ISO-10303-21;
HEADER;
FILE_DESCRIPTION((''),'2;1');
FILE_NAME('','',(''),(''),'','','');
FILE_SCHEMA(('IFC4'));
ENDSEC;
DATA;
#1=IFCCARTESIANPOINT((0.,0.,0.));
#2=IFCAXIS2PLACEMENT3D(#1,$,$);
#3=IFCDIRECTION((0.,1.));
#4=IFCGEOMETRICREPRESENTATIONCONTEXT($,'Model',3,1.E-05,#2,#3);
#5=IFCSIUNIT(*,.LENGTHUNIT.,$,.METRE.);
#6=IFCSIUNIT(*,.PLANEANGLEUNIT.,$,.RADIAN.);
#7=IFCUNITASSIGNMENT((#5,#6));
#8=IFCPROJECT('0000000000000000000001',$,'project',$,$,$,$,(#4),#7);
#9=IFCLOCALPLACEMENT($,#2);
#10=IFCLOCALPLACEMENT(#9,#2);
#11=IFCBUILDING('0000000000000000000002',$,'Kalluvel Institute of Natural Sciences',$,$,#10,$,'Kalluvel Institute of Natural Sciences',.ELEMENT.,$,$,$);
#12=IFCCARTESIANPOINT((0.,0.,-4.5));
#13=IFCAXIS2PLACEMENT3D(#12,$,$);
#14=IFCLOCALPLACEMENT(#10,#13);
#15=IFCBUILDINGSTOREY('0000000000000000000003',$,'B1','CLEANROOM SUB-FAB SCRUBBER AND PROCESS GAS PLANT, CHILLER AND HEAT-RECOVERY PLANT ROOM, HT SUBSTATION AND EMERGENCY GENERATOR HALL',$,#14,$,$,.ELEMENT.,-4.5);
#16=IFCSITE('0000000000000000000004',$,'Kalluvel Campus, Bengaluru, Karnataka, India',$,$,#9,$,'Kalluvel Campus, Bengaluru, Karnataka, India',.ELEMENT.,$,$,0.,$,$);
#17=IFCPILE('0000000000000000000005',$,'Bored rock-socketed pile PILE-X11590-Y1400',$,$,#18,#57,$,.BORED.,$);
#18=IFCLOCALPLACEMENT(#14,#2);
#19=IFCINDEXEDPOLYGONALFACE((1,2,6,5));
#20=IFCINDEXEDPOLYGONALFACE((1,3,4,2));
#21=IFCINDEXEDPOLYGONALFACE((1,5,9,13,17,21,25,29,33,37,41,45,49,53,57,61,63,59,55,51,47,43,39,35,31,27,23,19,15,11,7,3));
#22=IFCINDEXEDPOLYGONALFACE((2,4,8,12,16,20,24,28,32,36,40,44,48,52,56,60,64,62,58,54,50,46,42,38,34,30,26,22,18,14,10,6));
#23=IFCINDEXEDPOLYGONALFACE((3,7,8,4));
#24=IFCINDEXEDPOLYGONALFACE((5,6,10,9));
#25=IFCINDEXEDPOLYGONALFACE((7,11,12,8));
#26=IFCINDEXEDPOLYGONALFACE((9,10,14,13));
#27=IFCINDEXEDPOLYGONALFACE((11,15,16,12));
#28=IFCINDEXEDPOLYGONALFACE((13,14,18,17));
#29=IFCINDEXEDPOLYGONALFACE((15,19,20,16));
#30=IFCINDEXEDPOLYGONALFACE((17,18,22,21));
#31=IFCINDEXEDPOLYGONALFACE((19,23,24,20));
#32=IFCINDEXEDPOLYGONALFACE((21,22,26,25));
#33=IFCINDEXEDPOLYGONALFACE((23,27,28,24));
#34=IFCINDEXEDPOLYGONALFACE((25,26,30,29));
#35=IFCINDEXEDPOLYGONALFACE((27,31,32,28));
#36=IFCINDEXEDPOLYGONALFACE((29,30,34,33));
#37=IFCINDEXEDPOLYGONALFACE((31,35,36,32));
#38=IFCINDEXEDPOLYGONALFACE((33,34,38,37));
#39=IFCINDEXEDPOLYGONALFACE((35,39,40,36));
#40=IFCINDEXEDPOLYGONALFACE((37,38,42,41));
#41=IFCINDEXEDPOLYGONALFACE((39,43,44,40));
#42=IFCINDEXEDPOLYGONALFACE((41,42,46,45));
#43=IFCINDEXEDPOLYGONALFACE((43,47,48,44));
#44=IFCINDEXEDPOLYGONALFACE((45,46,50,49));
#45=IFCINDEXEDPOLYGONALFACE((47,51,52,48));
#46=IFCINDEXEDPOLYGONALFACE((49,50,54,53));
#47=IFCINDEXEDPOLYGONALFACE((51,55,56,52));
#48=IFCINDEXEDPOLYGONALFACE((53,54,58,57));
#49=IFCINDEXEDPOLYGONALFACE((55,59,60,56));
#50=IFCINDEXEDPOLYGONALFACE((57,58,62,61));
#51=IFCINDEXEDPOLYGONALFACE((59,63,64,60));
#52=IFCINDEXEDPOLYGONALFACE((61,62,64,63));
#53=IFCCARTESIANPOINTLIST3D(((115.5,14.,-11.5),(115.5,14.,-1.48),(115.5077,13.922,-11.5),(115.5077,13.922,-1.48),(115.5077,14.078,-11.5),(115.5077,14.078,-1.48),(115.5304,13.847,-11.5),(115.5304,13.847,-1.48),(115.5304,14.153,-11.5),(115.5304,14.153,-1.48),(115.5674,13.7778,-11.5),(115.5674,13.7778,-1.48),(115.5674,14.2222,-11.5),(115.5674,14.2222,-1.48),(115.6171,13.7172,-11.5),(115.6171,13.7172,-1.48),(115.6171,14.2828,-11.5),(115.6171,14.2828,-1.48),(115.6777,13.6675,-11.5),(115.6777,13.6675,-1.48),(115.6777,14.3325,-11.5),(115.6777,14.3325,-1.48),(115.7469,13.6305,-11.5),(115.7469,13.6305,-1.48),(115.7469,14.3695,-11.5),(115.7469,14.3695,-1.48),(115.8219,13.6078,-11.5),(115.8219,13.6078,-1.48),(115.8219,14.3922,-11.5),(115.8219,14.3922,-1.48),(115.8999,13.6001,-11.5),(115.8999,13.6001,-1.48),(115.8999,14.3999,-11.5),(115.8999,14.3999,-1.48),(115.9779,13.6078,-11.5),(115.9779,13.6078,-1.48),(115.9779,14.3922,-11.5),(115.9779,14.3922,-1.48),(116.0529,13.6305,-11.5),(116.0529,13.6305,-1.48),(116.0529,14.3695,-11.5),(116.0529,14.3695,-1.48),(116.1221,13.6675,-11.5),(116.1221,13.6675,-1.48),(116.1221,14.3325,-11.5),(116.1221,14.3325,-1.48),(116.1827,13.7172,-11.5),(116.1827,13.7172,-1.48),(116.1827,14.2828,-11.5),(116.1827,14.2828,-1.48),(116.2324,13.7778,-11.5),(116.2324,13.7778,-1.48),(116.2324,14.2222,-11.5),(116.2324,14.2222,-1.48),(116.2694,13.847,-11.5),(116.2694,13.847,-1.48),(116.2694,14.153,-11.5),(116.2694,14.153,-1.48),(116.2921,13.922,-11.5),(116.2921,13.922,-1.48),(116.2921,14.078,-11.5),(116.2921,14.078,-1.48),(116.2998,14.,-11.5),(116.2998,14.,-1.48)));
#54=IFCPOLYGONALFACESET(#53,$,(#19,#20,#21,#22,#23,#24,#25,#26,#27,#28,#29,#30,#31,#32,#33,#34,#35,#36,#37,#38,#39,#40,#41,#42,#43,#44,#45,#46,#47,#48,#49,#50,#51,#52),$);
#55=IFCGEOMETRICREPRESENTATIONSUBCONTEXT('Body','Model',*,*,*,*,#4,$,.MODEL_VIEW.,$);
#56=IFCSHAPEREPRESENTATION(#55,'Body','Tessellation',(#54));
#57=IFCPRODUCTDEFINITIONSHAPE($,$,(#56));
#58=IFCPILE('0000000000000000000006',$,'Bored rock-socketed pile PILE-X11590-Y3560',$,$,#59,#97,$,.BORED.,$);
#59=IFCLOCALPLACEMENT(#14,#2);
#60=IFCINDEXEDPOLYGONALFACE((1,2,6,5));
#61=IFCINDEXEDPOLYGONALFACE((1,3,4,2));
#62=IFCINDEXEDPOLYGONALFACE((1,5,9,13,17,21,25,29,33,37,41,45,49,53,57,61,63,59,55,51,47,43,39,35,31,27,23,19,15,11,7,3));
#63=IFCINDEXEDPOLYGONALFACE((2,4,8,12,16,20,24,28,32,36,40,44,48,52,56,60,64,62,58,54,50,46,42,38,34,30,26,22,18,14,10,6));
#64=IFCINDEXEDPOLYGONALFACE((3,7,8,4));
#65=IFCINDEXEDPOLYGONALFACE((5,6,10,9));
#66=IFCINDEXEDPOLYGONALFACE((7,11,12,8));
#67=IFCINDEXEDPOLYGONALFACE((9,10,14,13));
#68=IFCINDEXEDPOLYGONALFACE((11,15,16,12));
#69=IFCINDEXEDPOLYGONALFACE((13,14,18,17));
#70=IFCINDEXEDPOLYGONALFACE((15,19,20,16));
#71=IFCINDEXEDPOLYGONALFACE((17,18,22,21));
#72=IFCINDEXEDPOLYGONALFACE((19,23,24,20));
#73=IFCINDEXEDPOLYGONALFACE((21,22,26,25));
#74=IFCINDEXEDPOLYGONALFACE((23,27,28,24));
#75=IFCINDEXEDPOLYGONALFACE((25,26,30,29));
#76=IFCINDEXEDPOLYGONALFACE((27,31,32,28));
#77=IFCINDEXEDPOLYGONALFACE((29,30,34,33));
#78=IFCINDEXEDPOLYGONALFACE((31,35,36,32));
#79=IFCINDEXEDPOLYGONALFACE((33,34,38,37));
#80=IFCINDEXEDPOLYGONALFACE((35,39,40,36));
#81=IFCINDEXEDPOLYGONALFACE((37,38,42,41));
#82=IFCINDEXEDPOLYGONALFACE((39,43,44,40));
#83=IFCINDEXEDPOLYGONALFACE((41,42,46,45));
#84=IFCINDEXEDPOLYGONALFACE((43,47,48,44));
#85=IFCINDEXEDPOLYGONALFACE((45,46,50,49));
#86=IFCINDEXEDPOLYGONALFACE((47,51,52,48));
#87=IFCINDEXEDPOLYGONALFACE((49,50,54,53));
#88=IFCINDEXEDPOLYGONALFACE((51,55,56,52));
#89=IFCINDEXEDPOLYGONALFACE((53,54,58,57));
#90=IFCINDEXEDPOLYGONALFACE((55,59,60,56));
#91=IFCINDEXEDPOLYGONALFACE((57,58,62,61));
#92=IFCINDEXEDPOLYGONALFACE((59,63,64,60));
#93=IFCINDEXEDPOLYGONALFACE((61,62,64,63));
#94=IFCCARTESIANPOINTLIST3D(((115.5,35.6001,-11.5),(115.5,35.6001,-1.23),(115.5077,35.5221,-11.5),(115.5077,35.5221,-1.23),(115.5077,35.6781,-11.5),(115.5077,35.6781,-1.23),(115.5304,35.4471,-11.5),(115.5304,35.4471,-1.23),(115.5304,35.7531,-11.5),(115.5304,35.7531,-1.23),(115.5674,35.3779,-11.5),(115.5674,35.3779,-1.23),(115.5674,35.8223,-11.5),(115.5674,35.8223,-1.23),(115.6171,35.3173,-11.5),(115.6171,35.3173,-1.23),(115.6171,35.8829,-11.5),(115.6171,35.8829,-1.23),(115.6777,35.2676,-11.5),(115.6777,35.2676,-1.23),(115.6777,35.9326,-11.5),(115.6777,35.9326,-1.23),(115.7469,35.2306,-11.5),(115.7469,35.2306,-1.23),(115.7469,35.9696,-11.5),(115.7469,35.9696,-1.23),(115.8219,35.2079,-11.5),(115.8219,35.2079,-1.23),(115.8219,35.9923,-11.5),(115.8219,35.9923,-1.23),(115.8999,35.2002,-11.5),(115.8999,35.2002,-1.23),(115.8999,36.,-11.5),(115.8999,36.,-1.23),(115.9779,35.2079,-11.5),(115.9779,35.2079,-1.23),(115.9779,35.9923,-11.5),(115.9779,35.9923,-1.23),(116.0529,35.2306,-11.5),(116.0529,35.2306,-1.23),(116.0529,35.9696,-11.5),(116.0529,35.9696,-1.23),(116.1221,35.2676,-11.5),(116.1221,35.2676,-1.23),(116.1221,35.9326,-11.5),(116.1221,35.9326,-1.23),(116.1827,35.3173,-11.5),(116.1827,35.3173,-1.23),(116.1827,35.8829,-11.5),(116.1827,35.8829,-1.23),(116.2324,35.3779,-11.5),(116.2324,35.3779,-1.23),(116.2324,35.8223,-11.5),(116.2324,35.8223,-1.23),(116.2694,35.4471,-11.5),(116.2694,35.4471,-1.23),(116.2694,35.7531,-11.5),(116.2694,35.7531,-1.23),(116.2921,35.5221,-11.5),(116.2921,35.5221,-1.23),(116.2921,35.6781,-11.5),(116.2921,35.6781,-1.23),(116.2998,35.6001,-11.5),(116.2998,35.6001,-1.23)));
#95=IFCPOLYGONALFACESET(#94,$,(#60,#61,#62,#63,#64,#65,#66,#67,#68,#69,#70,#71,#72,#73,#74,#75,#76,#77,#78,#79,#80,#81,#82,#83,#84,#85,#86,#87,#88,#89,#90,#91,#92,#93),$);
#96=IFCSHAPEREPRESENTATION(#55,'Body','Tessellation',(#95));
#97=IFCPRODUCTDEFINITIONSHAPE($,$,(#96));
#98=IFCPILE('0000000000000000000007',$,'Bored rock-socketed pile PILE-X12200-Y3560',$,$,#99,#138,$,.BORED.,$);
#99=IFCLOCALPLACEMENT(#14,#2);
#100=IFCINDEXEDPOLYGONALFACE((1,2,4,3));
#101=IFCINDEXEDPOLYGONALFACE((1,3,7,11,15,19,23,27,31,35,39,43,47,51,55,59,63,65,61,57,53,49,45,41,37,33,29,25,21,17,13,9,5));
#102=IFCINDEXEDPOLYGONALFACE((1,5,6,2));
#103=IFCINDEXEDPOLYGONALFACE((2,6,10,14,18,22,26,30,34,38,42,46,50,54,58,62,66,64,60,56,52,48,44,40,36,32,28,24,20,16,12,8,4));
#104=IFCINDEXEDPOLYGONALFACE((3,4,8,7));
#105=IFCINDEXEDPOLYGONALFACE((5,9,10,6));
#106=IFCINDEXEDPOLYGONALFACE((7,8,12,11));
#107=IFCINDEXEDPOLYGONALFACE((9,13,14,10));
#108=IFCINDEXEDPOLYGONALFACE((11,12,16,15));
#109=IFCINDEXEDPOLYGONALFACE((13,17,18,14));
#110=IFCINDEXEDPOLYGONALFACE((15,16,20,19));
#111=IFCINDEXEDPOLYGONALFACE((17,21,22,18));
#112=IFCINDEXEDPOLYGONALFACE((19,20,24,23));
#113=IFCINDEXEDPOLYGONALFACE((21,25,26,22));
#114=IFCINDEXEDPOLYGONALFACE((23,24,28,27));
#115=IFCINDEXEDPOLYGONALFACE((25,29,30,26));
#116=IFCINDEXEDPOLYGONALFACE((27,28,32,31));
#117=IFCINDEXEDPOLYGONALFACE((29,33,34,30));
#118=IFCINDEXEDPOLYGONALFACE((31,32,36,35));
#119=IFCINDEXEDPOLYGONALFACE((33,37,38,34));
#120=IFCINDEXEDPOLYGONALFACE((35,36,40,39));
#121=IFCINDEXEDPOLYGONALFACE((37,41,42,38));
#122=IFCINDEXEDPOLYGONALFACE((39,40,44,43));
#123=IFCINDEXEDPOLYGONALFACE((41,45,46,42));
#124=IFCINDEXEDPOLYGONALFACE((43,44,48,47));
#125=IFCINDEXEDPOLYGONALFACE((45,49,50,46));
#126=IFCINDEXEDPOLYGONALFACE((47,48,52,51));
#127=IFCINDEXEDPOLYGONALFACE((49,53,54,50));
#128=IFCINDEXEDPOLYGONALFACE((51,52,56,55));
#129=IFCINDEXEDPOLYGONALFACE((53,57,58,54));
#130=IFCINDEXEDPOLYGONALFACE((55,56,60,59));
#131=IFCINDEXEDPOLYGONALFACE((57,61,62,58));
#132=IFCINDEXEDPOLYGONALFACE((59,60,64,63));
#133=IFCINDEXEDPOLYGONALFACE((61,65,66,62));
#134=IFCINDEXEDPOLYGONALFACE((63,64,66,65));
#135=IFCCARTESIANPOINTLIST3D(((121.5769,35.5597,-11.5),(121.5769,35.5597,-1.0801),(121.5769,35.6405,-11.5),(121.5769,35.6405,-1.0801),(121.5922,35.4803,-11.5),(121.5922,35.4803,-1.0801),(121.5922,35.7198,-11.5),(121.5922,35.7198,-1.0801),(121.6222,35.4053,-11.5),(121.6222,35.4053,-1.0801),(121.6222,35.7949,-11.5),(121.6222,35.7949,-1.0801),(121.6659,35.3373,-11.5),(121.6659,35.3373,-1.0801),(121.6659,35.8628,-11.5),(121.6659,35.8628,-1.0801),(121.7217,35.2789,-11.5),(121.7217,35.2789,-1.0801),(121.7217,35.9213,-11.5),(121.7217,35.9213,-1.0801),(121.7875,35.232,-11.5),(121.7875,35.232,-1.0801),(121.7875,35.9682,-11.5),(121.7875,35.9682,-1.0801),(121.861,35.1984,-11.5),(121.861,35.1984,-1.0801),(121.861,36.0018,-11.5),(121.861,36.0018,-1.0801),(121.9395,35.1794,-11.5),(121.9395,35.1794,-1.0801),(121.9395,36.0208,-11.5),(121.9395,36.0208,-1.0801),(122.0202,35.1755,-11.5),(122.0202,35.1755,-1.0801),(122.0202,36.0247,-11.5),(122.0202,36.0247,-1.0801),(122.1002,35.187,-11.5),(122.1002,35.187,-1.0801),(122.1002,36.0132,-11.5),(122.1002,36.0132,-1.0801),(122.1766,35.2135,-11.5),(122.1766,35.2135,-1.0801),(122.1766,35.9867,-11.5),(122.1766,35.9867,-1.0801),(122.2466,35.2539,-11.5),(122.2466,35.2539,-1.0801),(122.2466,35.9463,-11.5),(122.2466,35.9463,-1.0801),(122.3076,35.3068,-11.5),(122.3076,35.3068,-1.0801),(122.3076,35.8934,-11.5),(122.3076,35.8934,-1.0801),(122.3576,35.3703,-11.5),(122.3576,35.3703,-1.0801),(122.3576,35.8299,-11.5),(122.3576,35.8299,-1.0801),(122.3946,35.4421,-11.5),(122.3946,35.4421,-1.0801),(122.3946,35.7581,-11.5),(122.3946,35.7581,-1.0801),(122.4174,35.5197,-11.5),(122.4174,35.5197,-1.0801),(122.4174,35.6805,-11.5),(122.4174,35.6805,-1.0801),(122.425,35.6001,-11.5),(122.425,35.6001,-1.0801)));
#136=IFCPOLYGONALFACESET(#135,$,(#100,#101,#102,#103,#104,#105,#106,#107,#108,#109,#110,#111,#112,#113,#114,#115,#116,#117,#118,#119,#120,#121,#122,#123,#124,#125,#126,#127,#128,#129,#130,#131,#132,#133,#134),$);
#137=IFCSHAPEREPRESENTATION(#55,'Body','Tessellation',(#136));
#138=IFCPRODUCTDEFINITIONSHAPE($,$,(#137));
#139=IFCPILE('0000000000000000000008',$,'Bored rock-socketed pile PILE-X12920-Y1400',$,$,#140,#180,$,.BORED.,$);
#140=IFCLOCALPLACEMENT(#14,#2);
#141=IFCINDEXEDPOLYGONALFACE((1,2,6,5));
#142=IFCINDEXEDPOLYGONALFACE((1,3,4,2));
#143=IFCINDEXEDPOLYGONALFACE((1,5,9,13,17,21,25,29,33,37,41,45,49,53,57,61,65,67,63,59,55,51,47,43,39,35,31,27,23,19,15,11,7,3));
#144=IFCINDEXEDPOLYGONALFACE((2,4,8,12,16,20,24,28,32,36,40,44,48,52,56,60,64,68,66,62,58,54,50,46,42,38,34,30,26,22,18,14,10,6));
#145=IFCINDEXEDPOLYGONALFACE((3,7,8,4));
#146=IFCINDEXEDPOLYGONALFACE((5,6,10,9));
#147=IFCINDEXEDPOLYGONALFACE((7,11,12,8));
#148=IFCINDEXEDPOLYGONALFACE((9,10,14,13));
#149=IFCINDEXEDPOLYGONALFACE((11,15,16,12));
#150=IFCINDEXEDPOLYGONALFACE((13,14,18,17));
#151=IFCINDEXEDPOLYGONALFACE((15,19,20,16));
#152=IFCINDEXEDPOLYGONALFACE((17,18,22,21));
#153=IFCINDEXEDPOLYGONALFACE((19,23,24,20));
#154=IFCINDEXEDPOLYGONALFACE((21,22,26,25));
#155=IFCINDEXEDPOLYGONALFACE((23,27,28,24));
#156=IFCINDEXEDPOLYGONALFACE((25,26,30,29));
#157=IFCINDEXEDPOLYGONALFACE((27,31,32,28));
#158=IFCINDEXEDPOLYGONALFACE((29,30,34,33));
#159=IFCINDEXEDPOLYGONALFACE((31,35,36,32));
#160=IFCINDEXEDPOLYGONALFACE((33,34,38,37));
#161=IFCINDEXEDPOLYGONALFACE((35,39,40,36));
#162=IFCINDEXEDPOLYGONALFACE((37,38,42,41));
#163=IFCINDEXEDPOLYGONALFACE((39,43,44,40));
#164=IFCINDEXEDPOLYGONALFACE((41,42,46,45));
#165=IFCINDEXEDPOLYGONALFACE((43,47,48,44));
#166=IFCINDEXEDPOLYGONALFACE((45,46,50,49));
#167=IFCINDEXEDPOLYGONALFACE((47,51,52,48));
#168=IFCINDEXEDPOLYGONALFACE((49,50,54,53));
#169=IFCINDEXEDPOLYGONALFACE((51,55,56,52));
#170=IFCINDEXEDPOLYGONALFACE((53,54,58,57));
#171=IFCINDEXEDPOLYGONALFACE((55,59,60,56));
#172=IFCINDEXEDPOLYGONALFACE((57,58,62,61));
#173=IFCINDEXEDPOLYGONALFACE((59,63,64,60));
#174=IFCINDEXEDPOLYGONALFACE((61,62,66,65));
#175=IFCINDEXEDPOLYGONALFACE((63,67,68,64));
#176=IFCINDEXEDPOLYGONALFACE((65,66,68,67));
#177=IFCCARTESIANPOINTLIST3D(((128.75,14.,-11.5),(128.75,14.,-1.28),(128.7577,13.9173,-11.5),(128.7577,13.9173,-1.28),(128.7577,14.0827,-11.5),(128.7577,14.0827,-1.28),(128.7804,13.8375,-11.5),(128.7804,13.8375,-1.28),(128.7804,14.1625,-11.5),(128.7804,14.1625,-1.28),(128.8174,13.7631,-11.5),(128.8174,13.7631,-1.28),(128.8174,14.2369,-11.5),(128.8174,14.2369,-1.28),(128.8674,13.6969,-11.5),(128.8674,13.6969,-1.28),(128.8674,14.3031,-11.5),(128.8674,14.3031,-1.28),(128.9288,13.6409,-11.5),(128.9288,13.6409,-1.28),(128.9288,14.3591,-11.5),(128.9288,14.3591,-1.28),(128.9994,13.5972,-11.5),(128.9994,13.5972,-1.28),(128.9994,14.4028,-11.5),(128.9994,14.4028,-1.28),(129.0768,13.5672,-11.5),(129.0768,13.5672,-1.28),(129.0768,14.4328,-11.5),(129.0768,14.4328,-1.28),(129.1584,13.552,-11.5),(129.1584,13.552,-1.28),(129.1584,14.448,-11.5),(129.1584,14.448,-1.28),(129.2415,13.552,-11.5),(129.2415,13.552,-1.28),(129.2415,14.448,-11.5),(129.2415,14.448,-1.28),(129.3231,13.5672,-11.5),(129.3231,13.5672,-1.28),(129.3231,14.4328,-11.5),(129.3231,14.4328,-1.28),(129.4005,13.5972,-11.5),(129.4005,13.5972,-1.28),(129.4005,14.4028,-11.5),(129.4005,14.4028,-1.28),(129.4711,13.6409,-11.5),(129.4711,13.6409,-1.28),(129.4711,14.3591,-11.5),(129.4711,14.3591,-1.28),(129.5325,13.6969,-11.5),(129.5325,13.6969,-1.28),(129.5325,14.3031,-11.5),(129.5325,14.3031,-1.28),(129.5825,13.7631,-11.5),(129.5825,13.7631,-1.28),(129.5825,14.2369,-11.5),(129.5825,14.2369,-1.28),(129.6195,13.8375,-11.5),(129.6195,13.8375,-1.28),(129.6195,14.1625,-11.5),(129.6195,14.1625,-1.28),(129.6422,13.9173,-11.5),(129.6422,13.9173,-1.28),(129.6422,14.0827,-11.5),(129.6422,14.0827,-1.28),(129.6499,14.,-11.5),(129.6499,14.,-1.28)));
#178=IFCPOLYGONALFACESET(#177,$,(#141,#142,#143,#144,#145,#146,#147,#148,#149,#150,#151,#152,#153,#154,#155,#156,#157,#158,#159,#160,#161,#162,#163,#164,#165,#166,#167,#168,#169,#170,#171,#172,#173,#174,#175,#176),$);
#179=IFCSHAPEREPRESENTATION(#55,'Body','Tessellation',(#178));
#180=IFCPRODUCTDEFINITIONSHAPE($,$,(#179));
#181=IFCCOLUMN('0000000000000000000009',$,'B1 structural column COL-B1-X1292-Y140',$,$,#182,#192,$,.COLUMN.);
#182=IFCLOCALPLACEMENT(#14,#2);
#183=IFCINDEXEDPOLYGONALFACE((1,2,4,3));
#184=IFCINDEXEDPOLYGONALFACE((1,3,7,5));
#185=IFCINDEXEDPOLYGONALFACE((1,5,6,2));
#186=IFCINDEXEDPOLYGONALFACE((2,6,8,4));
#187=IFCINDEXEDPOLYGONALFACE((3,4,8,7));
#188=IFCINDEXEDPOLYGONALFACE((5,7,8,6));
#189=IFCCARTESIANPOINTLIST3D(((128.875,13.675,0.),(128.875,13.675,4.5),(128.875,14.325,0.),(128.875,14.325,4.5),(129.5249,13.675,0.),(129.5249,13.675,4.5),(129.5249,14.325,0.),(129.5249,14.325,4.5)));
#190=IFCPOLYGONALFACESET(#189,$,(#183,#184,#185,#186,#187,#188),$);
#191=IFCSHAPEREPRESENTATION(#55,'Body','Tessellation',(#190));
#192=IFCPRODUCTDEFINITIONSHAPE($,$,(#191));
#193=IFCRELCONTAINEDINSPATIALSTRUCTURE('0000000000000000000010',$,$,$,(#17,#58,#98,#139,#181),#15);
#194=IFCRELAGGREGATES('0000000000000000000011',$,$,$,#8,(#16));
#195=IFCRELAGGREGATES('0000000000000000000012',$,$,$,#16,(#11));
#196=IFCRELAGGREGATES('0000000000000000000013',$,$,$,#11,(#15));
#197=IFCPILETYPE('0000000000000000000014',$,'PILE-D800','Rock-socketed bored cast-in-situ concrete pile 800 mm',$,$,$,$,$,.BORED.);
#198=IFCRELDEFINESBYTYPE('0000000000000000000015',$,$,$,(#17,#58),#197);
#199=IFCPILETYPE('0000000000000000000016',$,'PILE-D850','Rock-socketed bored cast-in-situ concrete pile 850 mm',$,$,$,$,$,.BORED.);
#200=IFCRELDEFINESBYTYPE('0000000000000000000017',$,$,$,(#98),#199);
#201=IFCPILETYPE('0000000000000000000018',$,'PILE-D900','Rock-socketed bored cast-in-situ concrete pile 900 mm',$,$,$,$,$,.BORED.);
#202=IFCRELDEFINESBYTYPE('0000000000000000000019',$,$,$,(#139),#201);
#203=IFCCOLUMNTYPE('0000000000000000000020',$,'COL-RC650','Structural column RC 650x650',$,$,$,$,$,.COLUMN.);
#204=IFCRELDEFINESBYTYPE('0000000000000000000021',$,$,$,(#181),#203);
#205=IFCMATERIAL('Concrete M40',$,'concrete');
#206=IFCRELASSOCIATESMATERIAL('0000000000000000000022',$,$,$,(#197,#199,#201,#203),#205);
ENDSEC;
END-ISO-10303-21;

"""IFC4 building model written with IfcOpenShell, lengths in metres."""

from ifc_helpers import new_model, si_unit, direction, frame, origin, origin_2d, place, context, subcontext, project, spatial, rectangle, circle, extrude, material, material_profile, profile_set, type_object, element, save


model = new_model("IFC4")

# Units and contexts
model_context = context("Model", 3, precision=1e-05, world=origin(), true_north=direction((0.0, 1.0)))
body_context = subcontext(model_context, "Body", "Model", "MODEL_VIEW")
ifc_project = project(units=[si_unit("LENGTHUNIT", "METRE"), si_unit("PLANEANGLEUNIT", "RADIAN")], contexts=[model_context])

# Site, building, storey
site_placement = place(None, origin())
site = spatial("IfcSite", under=ifc_project, at=site_placement, Name="Kalluvel Campus, Bengaluru, Karnataka, India", LongName="Kalluvel Campus, Bengaluru, Karnataka, India", CompositionType="ELEMENT", RefElevation=0.0)
building_placement = place(site_placement, origin())
building = spatial("IfcBuilding", under=site, at=building_placement, Name="Kalluvel Institute of Natural Sciences", LongName="Kalluvel Institute of Natural Sciences", CompositionType="ELEMENT")
storey_placement = place(building_placement, frame((0.0, 0.0, -4.5)))
storey = spatial("IfcBuildingStorey", under=building, at=storey_placement, Name="B1", Description="CLEANROOM SUB-FAB SCRUBBER AND PROCESS GAS PLANT, CHILLER AND HEAT-RECOVERY PLANT ROOM, HT SUBSTATION AND EMERGENCY GENERATOR HALL", CompositionType="ELEMENT", Elevation=-4.5)

# Shared definitions
ifc_material_1 = material(Name="Concrete M40", Category="concrete")

# Piles
ifc_material_profile_1 = material_profile(ifc_material_1, circle(Radius=0.3999, at=origin_2d()), Name="PILE D800")
ifc_profile_set_1 = profile_set([ifc_material_profile_1], Name="Concrete M40")
pile_type_1 = type_object("IfcPileType", Name="PILE-D800", Description="Rock-socketed bored cast-in-situ concrete pile 800 mm", PredefinedType="BORED", material=ifc_profile_set_1)
pile_1_placement = place(storey_placement, frame((115.8999, 14.0, -1.48), z_axis=(0.0, 0.0, -1.0), x_axis=(1.0, 0.0, 0.0)))
element("IfcPile", 1, at=pile_1_placement, inside=storey, type_object=pile_type_1, Name="Bored rock-socketed pile PILE-X11590-Y1400", PredefinedType="BORED", context=body_context, shape_type="SweptSolid", body=[
    extrude(circle(Radius=0.3999, at=origin_2d()), origin(), (0.0, 0.0, 1.0), 10.02),
])
pile_2_placement = place(storey_placement, frame((115.8999, 35.6001, -1.23), z_axis=(0.0, 0.0, -1.0), x_axis=(1.0, 0.0, 0.0)))
element("IfcPile", 2, at=pile_2_placement, inside=storey, type_object=pile_type_1, Name="Bored rock-socketed pile PILE-X11590-Y3560", PredefinedType="BORED", context=body_context, shape_type="SweptSolid", body=[
    extrude(circle(Radius=0.3999, at=origin_2d()), origin(), (0.0, 0.0, 1.0), 10.27),
])
ifc_material_profile_2 = material_profile(ifc_material_1, circle(Radius=0.425, at=origin_2d()), Name="PILE D850")
ifc_profile_set_2 = profile_set([ifc_material_profile_2], Name="Concrete M40")
pile_type_2 = type_object("IfcPileType", Name="PILE-D850", Description="Rock-socketed bored cast-in-situ concrete pile 850 mm", PredefinedType="BORED", material=ifc_profile_set_2)
pile_3_placement = place(storey_placement, frame((122.0, 35.6001, -1.0801), z_axis=(0.0, 0.0, -1.0), x_axis=(1.0, 0.0, 0.0)))
element("IfcPile", 3, at=pile_3_placement, inside=storey, type_object=pile_type_2, Name="Bored rock-socketed pile PILE-X12200-Y3560", PredefinedType="BORED", context=body_context, shape_type="SweptSolid", body=[
    extrude(circle(Radius=0.425, at=origin_2d()), origin(), (0.0, 0.0, 1.0), 10.4199),
])
ifc_material_profile_3 = material_profile(ifc_material_1, circle(Radius=0.45, at=origin_2d()), Name="PILE D900")
ifc_profile_set_3 = profile_set([ifc_material_profile_3], Name="Concrete M40")
pile_type_3 = type_object("IfcPileType", Name="PILE-D900", Description="Rock-socketed bored cast-in-situ concrete pile 900 mm", PredefinedType="BORED", material=ifc_profile_set_3)
pile_4_placement = place(storey_placement, frame((129.2, 14.0, -1.28), z_axis=(0.0, 0.0, -1.0), x_axis=(1.0, 0.0, 0.0)))
element("IfcPile", 4, at=pile_4_placement, inside=storey, type_object=pile_type_3, Name="Bored rock-socketed pile PILE-X12920-Y1400", PredefinedType="BORED", context=body_context, shape_type="SweptSolid", body=[
    extrude(circle(Radius=0.45, at=origin_2d()), origin(), (0.0, 0.0, 1.0), 10.22),
])

# Column
ifc_material_profile_4 = material_profile(ifc_material_1, rectangle(XDim=0.6499, YDim=0.6499, at=origin_2d()), Name="RC 650x650")
ifc_profile_set_4 = profile_set([ifc_material_profile_4], Name="Concrete M40")
column_type_1 = type_object("IfcColumnType", Name="COL-RC650", Description="Structural column RC 650x650", PredefinedType="COLUMN", material=ifc_profile_set_4)
for number, where, z_axis, x_axis, name in (
    (5, (129.2, 14.0, 0.0), (0.0, 0.0, 1.0), (1.0, 0.0, 0.0), "B1 structural column COL-B1-X1292-Y140"),
):
    element("IfcColumn", number, at=place(storey_placement, frame(where, z_axis=z_axis, x_axis=x_axis)), inside=storey, type_object=column_type_1, Name=name, PredefinedType="COLUMN", context=body_context, shape_type="SweptSolid", body=[
        extrude(rectangle(XDim=0.6499, YDim=0.6499, at=origin_2d()), origin(), (0.0, 0.0, 1.0), 4.5),
    ])

save(model, "model.ifc")
